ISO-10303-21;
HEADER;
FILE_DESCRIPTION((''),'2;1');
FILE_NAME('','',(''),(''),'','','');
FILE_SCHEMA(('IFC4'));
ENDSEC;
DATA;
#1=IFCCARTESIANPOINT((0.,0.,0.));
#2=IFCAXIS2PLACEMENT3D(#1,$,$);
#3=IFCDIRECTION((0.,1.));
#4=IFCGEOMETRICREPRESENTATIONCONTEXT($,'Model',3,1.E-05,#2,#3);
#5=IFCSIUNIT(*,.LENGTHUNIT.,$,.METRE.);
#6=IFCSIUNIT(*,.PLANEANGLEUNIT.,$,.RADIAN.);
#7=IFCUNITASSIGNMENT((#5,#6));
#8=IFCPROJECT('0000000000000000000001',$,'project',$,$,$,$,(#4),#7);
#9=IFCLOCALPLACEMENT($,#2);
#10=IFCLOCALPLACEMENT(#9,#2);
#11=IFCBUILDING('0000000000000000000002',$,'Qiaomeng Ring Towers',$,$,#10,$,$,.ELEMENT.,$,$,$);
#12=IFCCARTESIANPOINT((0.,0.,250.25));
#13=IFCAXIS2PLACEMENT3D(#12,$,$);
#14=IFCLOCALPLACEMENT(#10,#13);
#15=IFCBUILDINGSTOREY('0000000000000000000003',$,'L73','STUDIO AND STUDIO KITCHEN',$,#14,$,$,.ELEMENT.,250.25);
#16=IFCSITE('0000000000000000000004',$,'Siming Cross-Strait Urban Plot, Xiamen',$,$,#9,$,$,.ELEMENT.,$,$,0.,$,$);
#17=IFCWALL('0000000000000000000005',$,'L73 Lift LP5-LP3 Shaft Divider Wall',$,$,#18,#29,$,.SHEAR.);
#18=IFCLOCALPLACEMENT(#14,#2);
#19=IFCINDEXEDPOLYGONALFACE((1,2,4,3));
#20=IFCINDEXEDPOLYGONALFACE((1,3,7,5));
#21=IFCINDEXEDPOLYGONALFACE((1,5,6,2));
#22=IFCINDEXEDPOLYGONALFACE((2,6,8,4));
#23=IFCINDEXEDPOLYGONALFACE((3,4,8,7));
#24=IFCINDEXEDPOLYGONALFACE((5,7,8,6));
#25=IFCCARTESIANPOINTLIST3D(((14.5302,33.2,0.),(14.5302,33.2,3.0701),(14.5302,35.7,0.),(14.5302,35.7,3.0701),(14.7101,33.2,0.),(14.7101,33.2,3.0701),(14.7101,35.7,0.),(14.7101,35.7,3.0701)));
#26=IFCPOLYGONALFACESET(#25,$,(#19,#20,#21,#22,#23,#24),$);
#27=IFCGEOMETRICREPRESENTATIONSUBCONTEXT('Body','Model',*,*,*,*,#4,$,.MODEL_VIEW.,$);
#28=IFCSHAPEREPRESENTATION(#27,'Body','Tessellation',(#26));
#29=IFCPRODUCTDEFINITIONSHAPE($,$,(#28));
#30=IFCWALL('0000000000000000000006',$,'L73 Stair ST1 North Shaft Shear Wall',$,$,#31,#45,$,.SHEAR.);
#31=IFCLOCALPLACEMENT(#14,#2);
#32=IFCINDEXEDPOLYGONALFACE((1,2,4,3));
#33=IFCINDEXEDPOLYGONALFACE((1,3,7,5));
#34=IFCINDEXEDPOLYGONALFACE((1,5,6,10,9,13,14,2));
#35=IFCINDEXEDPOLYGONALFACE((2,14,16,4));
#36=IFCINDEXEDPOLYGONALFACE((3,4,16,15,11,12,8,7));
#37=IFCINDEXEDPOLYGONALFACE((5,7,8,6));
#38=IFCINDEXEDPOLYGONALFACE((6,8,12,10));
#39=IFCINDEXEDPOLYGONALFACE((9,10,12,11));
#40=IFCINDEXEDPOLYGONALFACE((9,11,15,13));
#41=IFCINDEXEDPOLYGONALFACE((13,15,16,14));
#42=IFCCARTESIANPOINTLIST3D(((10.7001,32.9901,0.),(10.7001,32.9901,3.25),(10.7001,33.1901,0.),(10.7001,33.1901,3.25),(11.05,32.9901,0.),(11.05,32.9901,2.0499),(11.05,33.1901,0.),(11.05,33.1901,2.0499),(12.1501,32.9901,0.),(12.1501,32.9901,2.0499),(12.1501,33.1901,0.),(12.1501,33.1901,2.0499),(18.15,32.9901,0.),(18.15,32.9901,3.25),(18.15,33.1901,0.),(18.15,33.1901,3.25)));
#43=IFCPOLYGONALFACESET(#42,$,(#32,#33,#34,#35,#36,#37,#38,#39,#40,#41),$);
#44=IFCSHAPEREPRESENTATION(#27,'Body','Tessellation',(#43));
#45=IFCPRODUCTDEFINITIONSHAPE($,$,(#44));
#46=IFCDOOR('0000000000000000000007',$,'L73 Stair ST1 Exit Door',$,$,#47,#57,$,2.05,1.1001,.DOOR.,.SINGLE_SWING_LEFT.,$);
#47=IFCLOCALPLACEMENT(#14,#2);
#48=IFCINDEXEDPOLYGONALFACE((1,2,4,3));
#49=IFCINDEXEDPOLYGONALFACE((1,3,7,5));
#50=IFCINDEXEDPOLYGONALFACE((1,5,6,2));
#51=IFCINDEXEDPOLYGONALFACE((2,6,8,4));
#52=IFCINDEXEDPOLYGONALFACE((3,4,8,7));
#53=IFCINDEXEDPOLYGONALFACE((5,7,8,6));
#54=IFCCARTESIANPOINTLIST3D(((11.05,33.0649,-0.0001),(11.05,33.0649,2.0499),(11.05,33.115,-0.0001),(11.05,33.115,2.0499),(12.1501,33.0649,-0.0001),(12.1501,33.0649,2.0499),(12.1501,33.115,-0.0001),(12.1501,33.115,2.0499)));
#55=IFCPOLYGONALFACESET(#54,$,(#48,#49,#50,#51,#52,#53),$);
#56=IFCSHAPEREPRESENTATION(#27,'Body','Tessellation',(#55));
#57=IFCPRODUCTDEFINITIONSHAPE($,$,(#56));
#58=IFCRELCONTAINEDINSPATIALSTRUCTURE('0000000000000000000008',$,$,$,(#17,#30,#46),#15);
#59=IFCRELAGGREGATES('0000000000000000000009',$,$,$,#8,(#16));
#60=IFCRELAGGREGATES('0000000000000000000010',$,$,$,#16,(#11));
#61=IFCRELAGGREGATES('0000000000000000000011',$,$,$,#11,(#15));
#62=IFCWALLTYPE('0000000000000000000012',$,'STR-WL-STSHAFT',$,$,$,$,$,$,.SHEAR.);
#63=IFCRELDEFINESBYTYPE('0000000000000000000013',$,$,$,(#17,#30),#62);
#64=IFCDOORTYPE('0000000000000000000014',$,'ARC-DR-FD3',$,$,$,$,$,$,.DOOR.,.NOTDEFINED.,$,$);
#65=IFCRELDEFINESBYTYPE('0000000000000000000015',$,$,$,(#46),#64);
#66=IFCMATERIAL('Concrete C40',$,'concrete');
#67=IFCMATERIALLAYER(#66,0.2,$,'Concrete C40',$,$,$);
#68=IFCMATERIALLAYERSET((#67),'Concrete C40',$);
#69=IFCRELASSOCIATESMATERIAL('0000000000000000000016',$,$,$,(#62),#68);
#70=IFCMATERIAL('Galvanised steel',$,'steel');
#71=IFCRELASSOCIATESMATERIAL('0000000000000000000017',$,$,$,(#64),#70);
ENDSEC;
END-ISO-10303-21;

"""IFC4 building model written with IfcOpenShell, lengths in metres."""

from ifc_helpers import new_model, si_unit, direction, frame, frame_2d, origin, place, context, subcontext, project, spatial, rectangle, extrude, source, transform, mapped, material, layer, layer_set, type_object, element, fill, save


model = new_model("IFC4")

# Units and contexts
model_context = context("Model", 3, precision=1e-05, world=origin(), true_north=direction((0.0, 1.0)))
body_context = subcontext(model_context, "Body", "Model", "MODEL_VIEW")
ifc_project = project(units=[si_unit("LENGTHUNIT", "METRE"), si_unit("PLANEANGLEUNIT", "RADIAN")], contexts=[model_context])

# Site, building, storey
site_placement = place(None, origin())
site = spatial("IfcSite", under=ifc_project, at=site_placement, Name="Siming Cross-Strait Urban Plot, Xiamen", CompositionType="ELEMENT", RefElevation=0.0)
building_placement = place(site_placement, origin())
building = spatial("IfcBuilding", under=site, at=building_placement, Name="Qiaomeng Ring Towers", CompositionType="ELEMENT")
storey_placement = place(building_placement, frame((0.0, 0.0, 250.25)))
storey = spatial("IfcBuildingStorey", under=building, at=storey_placement, Name="L73", Description="STUDIO AND STUDIO KITCHEN", CompositionType="ELEMENT", Elevation=250.25)

# Wall
ifc_material_1 = material(Name="Concrete C40", Category="concrete")
ifc_layer_1 = layer(ifc_material_1, 0.2, Name="Concrete C40")
ifc_layer_set_1 = layer_set([ifc_layer_1], Name="Concrete C40")
wall_type_1 = type_object("IfcWallType", Name="STR-WL-STSHAFT", PredefinedType="SHEAR", material=ifc_layer_set_1)
wall_1_placement = place(storey_placement, frame((14.6201, 33.2, 0.0), z_axis=(0.0, 0.0, 1.0), x_axis=(0.0, 1.0, 0.0)))
element("IfcWall", 1, at=wall_1_placement, inside=storey, type_object=wall_type_1, Name="L73 Lift LP5-LP3 Shaft Divider Wall", PredefinedType="SHEAR", context=body_context, shape_type="SweptSolid", body=[
    extrude(rectangle(XDim=2.5, YDim=0.1799, at=frame_2d((1.25, 0.0))), origin(), (0.0, 0.0, 1.0), 3.0701),
])

# Wall, opening, door
wall_2_placement = place(storey_placement, frame((10.7, 33.0901, 0.0), z_axis=(0.0, 0.0, 1.0), x_axis=(1.0, 0.0, 0.0)))
wall_2 = element("IfcWall", 2, at=wall_2_placement, inside=storey, type_object=wall_type_1, Name="L73 Stair ST1 North Shaft Shear Wall", PredefinedType="SHEAR", context=body_context, shape_type="SweptSolid", body=[
    extrude(rectangle(XDim=7.45, YDim=0.2, at=frame_2d((3.7251, 0.0))), origin(), (0.0, 0.0, 1.0), 3.25),
])
opening_1_placement = place(wall_2_placement, frame((0.3501, 0.0, 0.0)))
opening_1 = element("IfcOpeningElement", 3, at=opening_1_placement, cuts=wall_2, PredefinedType="OPENING", context=body_context, shape_type="SweptSolid", body=[
    extrude(rectangle(XDim=1.1001, YDim=2.05, at=frame_2d((0.55, 1.0249))), frame((0.0, 0.1099, 0.0), z_axis=(0.0, -1.0, 0.0), x_axis=(1.0, 0.0, 0.0)), (0.0, 0.0, 1.0), 0.22),
])
ifc_material_2 = material(Name="Galvanised steel", Category="steel")
door_type_1 = type_object("IfcDoorType", Name="ARC-DR-FD3", OperationType="NOTDEFINED", PredefinedType="DOOR", material=ifc_material_2)
shared_shape_1 = source(origin(), body_context, "Body", "SweptSolid", [
    extrude(rectangle(XDim=1.1001, YDim=2.05, at=frame_2d((0.55, 1.0249))), frame((0.0, 0.0249, 0.0), z_axis=(0.0, -1.0, 0.0), x_axis=(1.0, 0.0, 0.0)), (0.0, 0.0, 1.0), 0.05),
])
door_1_placement = place(opening_1_placement, origin())
door_1 = element("IfcDoor", 4, at=door_1_placement, inside=storey, type_object=door_type_1, Name="L73 Stair ST1 Exit Door", OperationType="SINGLE_SWING_LEFT", OverallHeight=2.05, OverallWidth=1.1001, PredefinedType="DOOR", context=body_context, shape_type="MappedRepresentation", body=[
    mapped(shared_shape_1, transform((0.0, 0.0, 0.0), x_axis=(1.0, 0.0, 0.0), y_axis=(0.0, 1.0, 0.0), z_axis=(0.0, 0.0, 1.0), scale=1.0)),
])
fill(opening_1, door_1)

save(model, "model.ifc")
